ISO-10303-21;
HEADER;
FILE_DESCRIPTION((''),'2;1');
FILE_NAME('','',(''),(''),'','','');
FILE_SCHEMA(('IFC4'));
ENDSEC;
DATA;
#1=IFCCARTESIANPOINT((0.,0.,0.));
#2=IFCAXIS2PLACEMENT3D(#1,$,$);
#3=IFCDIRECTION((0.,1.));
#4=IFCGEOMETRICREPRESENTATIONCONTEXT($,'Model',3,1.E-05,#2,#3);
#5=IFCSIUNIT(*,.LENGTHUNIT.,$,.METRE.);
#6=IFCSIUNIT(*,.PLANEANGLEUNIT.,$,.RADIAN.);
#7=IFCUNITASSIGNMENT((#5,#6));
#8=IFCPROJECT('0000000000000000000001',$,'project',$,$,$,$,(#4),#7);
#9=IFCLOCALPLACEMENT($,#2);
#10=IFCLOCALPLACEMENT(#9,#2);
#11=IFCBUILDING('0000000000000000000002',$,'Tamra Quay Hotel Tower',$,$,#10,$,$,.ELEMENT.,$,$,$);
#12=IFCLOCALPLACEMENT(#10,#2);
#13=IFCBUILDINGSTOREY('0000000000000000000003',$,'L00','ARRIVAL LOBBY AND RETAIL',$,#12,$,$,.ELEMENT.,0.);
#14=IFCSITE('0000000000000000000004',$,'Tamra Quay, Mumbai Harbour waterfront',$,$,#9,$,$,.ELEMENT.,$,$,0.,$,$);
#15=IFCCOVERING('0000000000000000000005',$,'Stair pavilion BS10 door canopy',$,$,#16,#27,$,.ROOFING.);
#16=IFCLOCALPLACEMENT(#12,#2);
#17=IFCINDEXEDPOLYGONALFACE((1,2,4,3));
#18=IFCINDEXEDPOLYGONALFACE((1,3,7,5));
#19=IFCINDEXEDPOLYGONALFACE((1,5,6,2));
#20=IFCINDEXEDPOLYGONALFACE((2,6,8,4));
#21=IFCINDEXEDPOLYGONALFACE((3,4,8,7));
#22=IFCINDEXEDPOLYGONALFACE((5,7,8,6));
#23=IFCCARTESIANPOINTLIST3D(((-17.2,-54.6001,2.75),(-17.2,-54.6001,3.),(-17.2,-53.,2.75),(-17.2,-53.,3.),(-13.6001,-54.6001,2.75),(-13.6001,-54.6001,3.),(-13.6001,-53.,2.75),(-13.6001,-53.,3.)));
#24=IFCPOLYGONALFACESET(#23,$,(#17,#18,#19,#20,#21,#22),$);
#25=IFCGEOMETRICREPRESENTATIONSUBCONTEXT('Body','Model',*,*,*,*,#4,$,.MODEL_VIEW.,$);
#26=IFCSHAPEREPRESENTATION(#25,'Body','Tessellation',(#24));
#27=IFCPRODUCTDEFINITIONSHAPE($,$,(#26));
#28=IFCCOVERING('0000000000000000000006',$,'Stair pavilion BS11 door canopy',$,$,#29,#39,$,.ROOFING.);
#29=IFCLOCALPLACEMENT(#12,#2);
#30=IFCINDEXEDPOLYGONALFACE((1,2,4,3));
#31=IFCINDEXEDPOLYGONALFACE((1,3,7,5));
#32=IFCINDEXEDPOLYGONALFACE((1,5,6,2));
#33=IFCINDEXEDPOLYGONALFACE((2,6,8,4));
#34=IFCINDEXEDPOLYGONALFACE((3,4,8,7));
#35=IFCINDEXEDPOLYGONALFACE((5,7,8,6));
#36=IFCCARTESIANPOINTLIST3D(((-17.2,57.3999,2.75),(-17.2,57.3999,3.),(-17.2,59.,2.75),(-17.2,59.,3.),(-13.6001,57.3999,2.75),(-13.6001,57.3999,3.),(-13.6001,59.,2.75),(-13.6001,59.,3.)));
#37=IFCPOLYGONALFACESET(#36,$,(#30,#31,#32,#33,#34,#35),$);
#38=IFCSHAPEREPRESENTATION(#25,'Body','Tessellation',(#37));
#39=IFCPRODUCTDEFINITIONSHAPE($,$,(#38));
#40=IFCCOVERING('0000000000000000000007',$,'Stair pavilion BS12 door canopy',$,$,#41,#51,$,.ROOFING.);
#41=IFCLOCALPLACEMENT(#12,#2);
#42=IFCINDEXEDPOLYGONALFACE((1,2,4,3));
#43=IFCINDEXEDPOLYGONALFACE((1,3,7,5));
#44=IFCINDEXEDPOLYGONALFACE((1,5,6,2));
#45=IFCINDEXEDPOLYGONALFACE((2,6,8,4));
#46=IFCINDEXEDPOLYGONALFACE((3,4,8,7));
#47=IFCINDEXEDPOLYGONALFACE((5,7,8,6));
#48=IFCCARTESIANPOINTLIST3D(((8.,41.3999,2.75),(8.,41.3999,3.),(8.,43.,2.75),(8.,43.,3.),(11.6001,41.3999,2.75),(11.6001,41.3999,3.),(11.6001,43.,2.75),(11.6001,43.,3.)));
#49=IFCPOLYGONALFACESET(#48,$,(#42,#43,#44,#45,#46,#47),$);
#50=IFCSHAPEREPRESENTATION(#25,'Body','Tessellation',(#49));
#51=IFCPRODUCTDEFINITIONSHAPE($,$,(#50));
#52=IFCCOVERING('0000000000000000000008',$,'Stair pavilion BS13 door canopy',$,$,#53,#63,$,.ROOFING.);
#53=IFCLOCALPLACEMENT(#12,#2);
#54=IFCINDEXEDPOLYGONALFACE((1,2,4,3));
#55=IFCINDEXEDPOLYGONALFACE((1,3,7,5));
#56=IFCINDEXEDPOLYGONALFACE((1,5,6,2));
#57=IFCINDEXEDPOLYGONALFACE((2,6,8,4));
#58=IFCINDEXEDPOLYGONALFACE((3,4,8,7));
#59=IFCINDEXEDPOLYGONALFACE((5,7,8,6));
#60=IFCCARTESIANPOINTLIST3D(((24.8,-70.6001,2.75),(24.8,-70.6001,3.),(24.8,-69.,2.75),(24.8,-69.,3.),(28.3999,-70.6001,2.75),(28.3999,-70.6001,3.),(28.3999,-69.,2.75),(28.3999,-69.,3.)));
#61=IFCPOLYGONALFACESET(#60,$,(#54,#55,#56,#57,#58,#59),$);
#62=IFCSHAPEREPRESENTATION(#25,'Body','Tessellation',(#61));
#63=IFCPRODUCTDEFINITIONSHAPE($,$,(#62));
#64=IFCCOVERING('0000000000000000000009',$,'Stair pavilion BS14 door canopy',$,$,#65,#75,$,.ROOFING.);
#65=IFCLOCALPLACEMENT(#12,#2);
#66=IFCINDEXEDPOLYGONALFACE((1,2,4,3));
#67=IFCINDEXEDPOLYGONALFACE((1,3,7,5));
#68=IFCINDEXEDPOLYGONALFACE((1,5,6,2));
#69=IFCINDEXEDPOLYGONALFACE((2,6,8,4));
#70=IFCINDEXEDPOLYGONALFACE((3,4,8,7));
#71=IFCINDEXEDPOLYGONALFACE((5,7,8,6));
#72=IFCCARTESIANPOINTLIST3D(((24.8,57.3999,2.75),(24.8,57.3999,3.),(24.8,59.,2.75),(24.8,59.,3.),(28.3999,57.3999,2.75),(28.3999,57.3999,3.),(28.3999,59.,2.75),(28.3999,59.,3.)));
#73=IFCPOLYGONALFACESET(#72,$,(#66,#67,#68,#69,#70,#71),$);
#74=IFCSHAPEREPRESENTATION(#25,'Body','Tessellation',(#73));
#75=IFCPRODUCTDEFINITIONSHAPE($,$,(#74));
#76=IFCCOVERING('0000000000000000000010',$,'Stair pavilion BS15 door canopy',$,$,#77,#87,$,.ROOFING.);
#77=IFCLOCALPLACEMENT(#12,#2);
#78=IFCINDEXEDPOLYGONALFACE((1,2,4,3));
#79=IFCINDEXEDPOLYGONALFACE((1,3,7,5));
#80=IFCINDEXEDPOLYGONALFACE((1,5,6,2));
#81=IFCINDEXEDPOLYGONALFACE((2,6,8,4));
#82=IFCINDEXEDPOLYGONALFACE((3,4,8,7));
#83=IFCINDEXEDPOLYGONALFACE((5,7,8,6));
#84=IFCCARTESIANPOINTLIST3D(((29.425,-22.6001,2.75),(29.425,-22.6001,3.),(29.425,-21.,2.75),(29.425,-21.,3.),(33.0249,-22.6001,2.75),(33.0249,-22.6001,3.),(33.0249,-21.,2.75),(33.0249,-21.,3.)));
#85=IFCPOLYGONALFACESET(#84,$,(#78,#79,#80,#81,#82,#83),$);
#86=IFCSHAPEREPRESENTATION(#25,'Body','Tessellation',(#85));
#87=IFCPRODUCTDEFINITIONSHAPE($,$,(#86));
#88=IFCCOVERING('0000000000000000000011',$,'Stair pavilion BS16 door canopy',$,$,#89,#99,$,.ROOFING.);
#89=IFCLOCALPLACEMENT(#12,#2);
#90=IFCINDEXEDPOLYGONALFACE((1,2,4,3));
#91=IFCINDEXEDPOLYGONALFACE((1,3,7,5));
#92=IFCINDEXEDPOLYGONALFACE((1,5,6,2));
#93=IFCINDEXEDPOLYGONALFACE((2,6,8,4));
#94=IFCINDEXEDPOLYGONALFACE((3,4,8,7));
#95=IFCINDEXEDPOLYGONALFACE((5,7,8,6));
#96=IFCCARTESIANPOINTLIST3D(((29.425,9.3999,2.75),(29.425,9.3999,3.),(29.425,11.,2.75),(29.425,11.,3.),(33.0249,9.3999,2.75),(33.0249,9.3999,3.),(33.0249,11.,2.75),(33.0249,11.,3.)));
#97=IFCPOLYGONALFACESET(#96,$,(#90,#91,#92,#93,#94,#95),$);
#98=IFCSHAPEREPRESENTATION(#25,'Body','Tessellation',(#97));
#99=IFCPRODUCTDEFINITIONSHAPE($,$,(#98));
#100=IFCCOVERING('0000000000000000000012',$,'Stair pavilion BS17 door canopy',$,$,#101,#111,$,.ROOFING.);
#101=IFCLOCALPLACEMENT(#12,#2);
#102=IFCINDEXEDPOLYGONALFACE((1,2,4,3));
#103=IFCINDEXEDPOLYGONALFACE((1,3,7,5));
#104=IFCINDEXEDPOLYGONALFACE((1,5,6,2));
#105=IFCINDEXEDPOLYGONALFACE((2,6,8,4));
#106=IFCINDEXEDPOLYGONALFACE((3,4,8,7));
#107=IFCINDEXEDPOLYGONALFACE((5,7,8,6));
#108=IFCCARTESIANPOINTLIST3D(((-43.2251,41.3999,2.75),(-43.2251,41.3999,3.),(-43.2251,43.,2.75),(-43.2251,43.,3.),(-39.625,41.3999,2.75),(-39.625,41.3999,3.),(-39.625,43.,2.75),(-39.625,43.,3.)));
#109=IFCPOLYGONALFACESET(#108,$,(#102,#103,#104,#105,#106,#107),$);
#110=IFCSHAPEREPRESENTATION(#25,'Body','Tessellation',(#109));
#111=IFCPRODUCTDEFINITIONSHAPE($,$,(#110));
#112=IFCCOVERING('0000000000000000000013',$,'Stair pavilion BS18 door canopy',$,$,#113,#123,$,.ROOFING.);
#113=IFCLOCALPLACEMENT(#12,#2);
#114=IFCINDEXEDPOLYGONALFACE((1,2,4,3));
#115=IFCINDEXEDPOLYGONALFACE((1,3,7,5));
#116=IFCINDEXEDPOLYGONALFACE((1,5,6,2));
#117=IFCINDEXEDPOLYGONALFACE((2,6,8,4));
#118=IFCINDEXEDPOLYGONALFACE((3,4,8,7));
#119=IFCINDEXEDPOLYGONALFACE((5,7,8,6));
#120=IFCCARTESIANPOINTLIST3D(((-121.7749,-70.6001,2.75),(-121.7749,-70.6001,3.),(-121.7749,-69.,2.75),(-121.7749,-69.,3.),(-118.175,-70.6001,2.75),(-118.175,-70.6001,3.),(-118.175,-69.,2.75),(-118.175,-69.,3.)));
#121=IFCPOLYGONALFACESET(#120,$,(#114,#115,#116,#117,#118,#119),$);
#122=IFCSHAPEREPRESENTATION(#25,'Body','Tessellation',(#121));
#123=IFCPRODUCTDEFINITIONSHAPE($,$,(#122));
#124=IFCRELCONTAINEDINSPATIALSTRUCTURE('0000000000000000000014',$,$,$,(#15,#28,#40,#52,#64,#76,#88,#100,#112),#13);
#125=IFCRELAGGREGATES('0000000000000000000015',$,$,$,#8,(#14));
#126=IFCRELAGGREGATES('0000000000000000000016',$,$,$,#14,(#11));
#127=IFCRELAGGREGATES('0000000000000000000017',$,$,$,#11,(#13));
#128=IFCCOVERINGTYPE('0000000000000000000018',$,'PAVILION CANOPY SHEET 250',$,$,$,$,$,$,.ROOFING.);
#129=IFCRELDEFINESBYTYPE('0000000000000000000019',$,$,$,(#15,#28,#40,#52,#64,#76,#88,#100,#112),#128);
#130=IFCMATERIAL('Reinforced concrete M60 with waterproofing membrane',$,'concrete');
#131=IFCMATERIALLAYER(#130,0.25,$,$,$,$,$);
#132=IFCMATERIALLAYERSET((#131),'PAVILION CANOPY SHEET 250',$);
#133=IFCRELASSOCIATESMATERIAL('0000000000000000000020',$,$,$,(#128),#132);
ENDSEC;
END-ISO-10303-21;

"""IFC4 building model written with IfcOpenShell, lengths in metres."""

from ifc_helpers import new_model, si_unit, direction, frame, origin, place, context, subcontext, project, spatial, polyline, outline, extrude, material, layer, layer_set, type_object, element, save


model = new_model("IFC4")

# Units and contexts
model_context = context("Model", 3, precision=1e-05, world=origin(), true_north=direction((0.0, 1.0)))
body_context = subcontext(model_context, "Body", "Model", "MODEL_VIEW")
ifc_project = project(units=[si_unit("LENGTHUNIT", "METRE"), si_unit("PLANEANGLEUNIT", "RADIAN")], contexts=[model_context])

# Site, building, storey
site_placement = place(None, origin())
site = spatial("IfcSite", under=ifc_project, at=site_placement, Name="Tamra Quay, Mumbai Harbour waterfront", CompositionType="ELEMENT", RefElevation=0.0)
building_placement = place(site_placement, origin())
building = spatial("IfcBuilding", under=site, at=building_placement, Name="Tamra Quay Hotel Tower", CompositionType="ELEMENT")
storey_placement = place(building_placement, origin())
storey = spatial("IfcBuildingStorey", under=building, at=storey_placement, Name="L00", Description="ARRIVAL LOBBY AND RETAIL", CompositionType="ELEMENT", Elevation=0.0)

# Coverings
ifc_material_1 = material(Name="Reinforced concrete M60 with waterproofing membrane", Category="concrete")
ifc_layer_1 = layer(ifc_material_1, 0.25)
ifc_layer_set_1 = layer_set([ifc_layer_1], Name="PAVILION CANOPY SHEET 250")
covering_type = type_object("IfcCoveringType", Name="PAVILION CANOPY SHEET 250", PredefinedType="ROOFING", material=ifc_layer_set_1)
covering_1_placement = place(storey_placement, frame((0.0, 0.0, 2.75)))
element("IfcCovering", 1, at=covering_1_placement, inside=storey, type_object=covering_type, Name="Stair pavilion BS10 door canopy", PredefinedType="ROOFING", context=body_context, shape_type="SweptSolid", body=[
    extrude(outline(polyline([(-17.2, -53.0), (-13.6001, -53.0), (-13.6001, -54.6001), (-17.2, -54.6001), (-17.2, -53.0)])), origin(), (0.0, 0.0, 1.0), 0.25),
])
covering_2_placement = place(storey_placement, frame((0.0, 0.0, 2.75)))
element("IfcCovering", 2, at=covering_2_placement, inside=storey, type_object=covering_type, Name="Stair pavilion BS11 door canopy", PredefinedType="ROOFING", context=body_context, shape_type="SweptSolid", body=[
    extrude(outline(polyline([(-17.2, 59.0), (-13.6001, 59.0), (-13.6001, 57.3999), (-17.2, 57.3999), (-17.2, 59.0)])), origin(), (0.0, 0.0, 1.0), 0.25),
])
covering_3_placement = place(storey_placement, frame((0.0, 0.0, 2.75)))
element("IfcCovering", 3, at=covering_3_placement, inside=storey, type_object=covering_type, Name="Stair pavilion BS12 door canopy", PredefinedType="ROOFING", context=body_context, shape_type="SweptSolid", body=[
    extrude(outline(polyline([(8.0, 43.0), (11.6001, 43.0), (11.6001, 41.3999), (8.0, 41.3999), (8.0, 43.0)])), origin(), (0.0, 0.0, 1.0), 0.25),
])
covering_4_placement = place(storey_placement, frame((0.0, 0.0, 2.75)))
element("IfcCovering", 4, at=covering_4_placement, inside=storey, type_object=covering_type, Name="Stair pavilion BS13 door canopy", PredefinedType="ROOFING", context=body_context, shape_type="SweptSolid", body=[
    extrude(outline(polyline([(24.8, -69.0), (28.3999, -69.0), (28.3999, -70.6001), (24.8, -70.6001), (24.8, -69.0)])), origin(), (0.0, 0.0, 1.0), 0.25),
])
covering_5_placement = place(storey_placement, frame((0.0, 0.0, 2.75)))
element("IfcCovering", 5, at=covering_5_placement, inside=storey, type_object=covering_type, Name="Stair pavilion BS14 door canopy", PredefinedType="ROOFING", context=body_context, shape_type="SweptSolid", body=[
    extrude(outline(polyline([(24.8, 59.0), (28.3999, 59.0), (28.3999, 57.3999), (24.8, 57.3999), (24.8, 59.0)])), origin(), (0.0, 0.0, 1.0), 0.25),
])
covering_6_placement = place(storey_placement, frame((0.0, 0.0, 2.75)))
element("IfcCovering", 6, at=covering_6_placement, inside=storey, type_object=covering_type, Name="Stair pavilion BS15 door canopy", PredefinedType="ROOFING", context=body_context, shape_type="SweptSolid", body=[
    extrude(outline(polyline([(29.425, -21.0), (33.0249, -21.0), (33.0249, -22.6001), (29.425, -22.6001), (29.425, -21.0)])), origin(), (0.0, 0.0, 1.0), 0.25),
])
covering_7_placement = place(storey_placement, frame((0.0, 0.0, 2.75)))
element("IfcCovering", 7, at=covering_7_placement, inside=storey, type_object=covering_type, Name="Stair pavilion BS16 door canopy", PredefinedType="ROOFING", context=body_context, shape_type="SweptSolid", body=[
    extrude(outline(polyline([(29.425, 11.0), (33.0249, 11.0), (33.0249, 9.3999), (29.425, 9.3999), (29.425, 11.0)])), origin(), (0.0, 0.0, 1.0), 0.25),
])
covering_8_placement = place(storey_placement, frame((0.0, 0.0, 2.75)))
element("IfcCovering", 8, at=covering_8_placement, inside=storey, type_object=covering_type, Name="Stair pavilion BS17 door canopy", PredefinedType="ROOFING", context=body_context, shape_type="SweptSolid", body=[
    extrude(outline(polyline([(-43.2251, 43.0), (-39.625, 43.0), (-39.625, 41.3999), (-43.2251, 41.3999), (-43.2251, 43.0)])), origin(), (0.0, 0.0, 1.0), 0.25),
])
covering_9_placement = place(storey_placement, frame((0.0, 0.0, 2.75)))
element("IfcCovering", 9, at=covering_9_placement, inside=storey, type_object=covering_type, Name="Stair pavilion BS18 door canopy", PredefinedType="ROOFING", context=body_context, shape_type="SweptSolid", body=[
    extrude(outline(polyline([(-121.7749, -69.0), (-118.175, -69.0), (-118.175, -70.6001), (-121.7749, -70.6001), (-121.7749, -69.0)])), origin(), (0.0, 0.0, 1.0), 0.25),
])

save(model, "model.ifc")
